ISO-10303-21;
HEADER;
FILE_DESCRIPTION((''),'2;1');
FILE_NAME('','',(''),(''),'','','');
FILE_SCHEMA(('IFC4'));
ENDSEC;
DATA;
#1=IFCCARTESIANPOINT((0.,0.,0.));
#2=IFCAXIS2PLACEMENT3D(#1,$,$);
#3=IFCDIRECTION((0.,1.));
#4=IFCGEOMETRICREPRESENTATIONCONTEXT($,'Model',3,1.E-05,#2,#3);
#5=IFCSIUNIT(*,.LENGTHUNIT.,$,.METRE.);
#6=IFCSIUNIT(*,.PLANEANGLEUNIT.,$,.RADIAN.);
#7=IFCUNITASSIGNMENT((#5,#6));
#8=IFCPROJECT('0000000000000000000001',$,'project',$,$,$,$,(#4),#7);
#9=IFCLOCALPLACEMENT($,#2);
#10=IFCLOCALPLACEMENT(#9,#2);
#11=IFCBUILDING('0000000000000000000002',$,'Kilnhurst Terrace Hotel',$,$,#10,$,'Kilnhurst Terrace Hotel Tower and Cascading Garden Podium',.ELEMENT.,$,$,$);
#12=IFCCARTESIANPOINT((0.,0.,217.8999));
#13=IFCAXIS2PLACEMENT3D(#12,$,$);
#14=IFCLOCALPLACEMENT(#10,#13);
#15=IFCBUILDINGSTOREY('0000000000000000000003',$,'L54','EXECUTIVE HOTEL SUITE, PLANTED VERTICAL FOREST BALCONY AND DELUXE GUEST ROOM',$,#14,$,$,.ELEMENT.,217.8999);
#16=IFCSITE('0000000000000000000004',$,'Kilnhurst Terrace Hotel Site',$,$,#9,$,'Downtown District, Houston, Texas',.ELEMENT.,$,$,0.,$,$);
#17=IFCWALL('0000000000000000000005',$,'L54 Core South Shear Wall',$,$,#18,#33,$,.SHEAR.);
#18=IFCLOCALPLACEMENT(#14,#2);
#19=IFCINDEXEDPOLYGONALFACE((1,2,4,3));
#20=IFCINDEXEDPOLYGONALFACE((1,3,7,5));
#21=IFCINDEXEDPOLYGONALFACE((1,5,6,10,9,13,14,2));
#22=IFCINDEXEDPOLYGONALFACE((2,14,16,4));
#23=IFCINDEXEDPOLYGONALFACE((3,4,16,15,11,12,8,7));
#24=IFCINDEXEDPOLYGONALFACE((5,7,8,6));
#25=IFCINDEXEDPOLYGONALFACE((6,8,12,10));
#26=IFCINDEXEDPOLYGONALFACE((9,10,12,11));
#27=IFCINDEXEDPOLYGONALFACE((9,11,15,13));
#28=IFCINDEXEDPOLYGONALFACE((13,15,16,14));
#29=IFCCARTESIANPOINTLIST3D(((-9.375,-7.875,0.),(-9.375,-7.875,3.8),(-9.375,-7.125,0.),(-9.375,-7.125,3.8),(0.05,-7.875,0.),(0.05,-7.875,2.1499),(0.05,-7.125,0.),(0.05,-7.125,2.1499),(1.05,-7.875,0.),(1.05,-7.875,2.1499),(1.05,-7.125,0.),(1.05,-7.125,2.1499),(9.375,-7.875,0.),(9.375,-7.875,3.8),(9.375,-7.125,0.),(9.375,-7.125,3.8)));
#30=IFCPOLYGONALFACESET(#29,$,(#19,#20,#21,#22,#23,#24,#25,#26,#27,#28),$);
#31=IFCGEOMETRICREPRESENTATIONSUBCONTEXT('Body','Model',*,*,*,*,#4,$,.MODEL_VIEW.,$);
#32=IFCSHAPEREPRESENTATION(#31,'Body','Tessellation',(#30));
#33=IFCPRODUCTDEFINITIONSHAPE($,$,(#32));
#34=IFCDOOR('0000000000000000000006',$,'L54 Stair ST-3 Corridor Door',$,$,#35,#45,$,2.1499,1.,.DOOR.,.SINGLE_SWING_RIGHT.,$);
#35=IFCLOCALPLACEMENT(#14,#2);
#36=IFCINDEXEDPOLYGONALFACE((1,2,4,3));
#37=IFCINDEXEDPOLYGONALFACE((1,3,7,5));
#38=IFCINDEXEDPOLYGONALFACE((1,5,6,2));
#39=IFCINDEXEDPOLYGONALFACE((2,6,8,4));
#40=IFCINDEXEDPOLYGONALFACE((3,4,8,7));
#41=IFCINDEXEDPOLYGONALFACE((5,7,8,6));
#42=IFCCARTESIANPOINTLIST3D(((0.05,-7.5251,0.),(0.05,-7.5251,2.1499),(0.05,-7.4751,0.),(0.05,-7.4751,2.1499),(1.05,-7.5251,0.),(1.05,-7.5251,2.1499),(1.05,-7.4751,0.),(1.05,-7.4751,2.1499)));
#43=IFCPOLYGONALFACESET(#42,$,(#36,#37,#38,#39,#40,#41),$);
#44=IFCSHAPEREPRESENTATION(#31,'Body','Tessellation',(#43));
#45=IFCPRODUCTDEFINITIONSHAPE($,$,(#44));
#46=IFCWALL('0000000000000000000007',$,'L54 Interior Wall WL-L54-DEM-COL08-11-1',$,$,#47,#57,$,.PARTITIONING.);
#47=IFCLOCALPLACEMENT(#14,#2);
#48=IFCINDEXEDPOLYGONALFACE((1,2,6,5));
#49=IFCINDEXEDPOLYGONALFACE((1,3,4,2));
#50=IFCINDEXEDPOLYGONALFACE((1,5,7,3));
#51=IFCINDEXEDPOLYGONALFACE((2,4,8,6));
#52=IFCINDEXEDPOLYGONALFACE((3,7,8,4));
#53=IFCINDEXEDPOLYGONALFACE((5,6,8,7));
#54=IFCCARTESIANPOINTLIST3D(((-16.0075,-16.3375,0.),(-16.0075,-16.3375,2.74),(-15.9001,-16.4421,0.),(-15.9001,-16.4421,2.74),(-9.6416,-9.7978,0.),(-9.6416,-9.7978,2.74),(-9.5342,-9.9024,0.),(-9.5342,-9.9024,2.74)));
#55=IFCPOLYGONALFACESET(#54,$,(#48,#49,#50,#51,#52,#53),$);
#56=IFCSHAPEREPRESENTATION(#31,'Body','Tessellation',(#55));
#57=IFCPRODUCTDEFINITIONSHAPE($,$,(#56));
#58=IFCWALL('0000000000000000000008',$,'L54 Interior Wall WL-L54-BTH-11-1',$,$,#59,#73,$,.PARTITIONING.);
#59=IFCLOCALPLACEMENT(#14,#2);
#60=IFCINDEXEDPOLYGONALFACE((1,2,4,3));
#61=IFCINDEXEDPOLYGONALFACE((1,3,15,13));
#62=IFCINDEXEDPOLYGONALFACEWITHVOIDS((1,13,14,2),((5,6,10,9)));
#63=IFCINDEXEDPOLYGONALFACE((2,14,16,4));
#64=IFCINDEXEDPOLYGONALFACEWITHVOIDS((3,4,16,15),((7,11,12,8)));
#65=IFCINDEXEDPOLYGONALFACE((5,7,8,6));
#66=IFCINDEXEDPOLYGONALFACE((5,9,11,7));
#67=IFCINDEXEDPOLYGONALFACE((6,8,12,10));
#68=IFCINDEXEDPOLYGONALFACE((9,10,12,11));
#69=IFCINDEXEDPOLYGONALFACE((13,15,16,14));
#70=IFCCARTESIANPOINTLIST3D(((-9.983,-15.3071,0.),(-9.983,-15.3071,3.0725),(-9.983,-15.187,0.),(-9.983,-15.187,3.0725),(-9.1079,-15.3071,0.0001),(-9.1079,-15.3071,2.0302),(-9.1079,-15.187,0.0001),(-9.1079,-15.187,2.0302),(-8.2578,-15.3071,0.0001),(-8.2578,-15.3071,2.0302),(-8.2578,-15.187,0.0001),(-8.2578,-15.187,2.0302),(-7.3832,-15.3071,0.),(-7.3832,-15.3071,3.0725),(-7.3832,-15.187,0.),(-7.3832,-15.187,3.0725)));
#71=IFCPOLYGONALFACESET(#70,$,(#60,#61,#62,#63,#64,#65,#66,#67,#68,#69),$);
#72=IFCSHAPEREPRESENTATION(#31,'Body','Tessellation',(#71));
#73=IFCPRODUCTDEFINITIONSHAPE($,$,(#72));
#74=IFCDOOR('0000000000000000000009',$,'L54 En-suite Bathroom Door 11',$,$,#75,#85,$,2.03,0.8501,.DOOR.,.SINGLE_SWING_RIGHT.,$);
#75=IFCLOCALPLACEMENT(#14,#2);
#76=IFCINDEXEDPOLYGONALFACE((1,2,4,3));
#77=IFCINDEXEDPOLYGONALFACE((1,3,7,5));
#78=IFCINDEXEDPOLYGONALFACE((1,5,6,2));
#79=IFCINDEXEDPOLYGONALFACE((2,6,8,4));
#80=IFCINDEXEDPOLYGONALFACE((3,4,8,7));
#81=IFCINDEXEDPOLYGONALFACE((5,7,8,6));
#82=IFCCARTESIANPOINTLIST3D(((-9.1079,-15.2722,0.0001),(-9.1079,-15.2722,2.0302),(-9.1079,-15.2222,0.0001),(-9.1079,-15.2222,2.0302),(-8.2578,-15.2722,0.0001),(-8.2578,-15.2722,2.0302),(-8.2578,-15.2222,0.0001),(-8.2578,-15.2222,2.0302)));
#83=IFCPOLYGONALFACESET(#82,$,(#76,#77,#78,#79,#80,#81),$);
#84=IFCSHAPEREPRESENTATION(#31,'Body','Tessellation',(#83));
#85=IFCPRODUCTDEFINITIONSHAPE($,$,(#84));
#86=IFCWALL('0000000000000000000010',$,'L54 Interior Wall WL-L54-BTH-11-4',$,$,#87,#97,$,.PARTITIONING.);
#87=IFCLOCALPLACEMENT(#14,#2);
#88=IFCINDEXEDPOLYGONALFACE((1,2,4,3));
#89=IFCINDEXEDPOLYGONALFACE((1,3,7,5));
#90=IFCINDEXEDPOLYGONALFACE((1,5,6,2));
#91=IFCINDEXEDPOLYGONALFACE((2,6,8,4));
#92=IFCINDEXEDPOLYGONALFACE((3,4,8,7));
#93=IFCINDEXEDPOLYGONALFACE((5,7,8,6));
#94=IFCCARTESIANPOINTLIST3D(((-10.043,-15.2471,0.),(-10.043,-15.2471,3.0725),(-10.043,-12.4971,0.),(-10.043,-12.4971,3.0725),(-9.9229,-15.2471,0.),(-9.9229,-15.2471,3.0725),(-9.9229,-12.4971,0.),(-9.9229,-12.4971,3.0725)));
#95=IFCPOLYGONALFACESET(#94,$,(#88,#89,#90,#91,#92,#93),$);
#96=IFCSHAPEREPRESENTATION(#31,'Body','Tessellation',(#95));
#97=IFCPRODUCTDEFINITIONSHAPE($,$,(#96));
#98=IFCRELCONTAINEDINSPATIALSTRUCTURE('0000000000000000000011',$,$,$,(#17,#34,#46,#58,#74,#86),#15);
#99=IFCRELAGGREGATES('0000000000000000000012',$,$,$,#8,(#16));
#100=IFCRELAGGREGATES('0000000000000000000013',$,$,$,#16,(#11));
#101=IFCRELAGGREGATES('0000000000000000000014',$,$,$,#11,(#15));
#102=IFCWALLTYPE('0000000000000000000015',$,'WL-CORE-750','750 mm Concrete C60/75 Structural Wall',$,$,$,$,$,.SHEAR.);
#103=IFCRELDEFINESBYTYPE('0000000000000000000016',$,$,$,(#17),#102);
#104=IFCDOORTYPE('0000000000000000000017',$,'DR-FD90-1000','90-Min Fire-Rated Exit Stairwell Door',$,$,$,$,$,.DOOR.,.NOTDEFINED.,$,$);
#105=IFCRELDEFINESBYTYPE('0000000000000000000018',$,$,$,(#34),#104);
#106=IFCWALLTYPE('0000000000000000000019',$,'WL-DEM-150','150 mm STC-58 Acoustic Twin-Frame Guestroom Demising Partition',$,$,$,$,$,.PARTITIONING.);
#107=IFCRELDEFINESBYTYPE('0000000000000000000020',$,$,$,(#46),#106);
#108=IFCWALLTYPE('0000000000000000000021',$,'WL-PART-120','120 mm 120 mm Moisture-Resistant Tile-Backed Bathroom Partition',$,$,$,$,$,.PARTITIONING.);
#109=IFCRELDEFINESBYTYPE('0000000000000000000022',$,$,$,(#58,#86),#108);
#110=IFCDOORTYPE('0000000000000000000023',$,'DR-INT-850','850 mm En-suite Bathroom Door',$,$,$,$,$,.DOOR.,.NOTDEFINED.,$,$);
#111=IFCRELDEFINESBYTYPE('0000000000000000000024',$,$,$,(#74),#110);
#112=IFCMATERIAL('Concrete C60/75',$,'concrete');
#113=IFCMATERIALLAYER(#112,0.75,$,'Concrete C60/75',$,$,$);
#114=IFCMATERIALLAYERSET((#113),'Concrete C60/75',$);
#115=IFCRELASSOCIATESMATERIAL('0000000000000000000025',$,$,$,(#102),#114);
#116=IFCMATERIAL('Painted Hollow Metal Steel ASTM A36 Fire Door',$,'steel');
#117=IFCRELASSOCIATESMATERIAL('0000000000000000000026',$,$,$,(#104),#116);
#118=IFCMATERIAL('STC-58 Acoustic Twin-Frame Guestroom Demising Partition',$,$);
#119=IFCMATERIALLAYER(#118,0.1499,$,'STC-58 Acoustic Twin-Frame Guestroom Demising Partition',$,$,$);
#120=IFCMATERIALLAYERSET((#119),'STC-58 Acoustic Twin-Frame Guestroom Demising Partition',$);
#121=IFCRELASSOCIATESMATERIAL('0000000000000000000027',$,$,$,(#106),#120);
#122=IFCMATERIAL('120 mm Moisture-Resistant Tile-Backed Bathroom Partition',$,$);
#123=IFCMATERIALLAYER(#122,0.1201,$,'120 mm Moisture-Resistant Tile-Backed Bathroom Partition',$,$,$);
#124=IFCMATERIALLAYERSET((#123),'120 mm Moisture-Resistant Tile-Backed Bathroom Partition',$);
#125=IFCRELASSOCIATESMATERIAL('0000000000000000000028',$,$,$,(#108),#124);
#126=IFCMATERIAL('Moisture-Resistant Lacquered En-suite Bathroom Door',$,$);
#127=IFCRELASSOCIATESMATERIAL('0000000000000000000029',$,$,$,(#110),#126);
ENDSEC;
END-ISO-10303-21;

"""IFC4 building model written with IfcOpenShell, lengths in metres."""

from ifc_helpers import new_model, si_unit, direction, frame, frame_2d, origin, place, context, subcontext, project, spatial, rectangle, extrude, material, layer, layer_set, type_object, element, fill, save


model = new_model("IFC4")

# Units and contexts
model_context = context("Model", 3, precision=1e-05, world=origin(), true_north=direction((0.0, 1.0)))
body_context = subcontext(model_context, "Body", "Model", "MODEL_VIEW")
ifc_project = project(units=[si_unit("LENGTHUNIT", "METRE"), si_unit("PLANEANGLEUNIT", "RADIAN")], contexts=[model_context])

# Site, building, storey
site_placement = place(None, origin())
site = spatial("IfcSite", under=ifc_project, at=site_placement, Name="Kilnhurst Terrace Hotel Site", LongName="Downtown District, Houston, Texas", CompositionType="ELEMENT", RefElevation=0.0)
building_placement = place(site_placement, origin())
building = spatial("IfcBuilding", under=site, at=building_placement, Name="Kilnhurst Terrace Hotel", LongName="Kilnhurst Terrace Hotel Tower and Cascading Garden Podium", CompositionType="ELEMENT")
storey_placement = place(building_placement, frame((0.0, 0.0, 217.8999)))
storey = spatial("IfcBuildingStorey", under=building, at=storey_placement, Name="L54", Description="EXECUTIVE HOTEL SUITE, PLANTED VERTICAL FOREST BALCONY AND DELUXE GUEST ROOM", CompositionType="ELEMENT", Elevation=217.8999)

# Shared definitions
ifc_material_1 = material(Name="Concrete C60/75", Category="concrete")

# Wall, opening, door
ifc_layer_1 = layer(ifc_material_1, 0.75, Name="Concrete C60/75")
ifc_layer_set_1 = layer_set([ifc_layer_1], Name="Concrete C60/75")
wall_type_1 = type_object("IfcWallType", Name="WL-CORE-750", Description="750 mm Concrete C60/75 Structural Wall", PredefinedType="SHEAR", material=ifc_layer_set_1)
wall_1_placement = place(storey_placement, frame((-9.375, -7.5, 0.0), z_axis=(0.0, 0.0, 1.0), x_axis=(1.0, 0.0, 0.0)))
wall_1 = element("IfcWall", 1, at=wall_1_placement, inside=storey, type_object=wall_type_1, Name="L54 Core South Shear Wall", PredefinedType="SHEAR", context=body_context, shape_type="SweptSolid", body=[
    extrude(rectangle(XDim=18.75, YDim=0.75, at=frame_2d((9.375, 0.0))), origin(), (0.0, 0.0, 1.0), 3.8),
])
opening_1_placement = place(wall_1_placement, frame((9.425, 0.0, 0.0)))
opening_1 = element("IfcOpeningElement", 2, at=opening_1_placement, cuts=wall_1, PredefinedType="OPENING", context=body_context, shape_type="SweptSolid", body=[
    extrude(rectangle(XDim=1.0, YDim=2.1499, at=frame_2d((0.5, 1.075))), frame((0.0, 0.385, 0.0), z_axis=(0.0, -1.0, 0.0), x_axis=(1.0, 0.0, 0.0)), (0.0, 0.0, 1.0), 0.77),
])
ifc_material_2 = material(Name="Painted Hollow Metal Steel ASTM A36 Fire Door", Category="steel")
door_type_1 = type_object("IfcDoorType", Name="DR-FD90-1000", Description="90-Min Fire-Rated Exit Stairwell Door", OperationType="NOTDEFINED", PredefinedType="DOOR", material=ifc_material_2)
door_1_placement = place(opening_1_placement, origin())
door_1 = element("IfcDoor", 3, at=door_1_placement, inside=storey, type_object=door_type_1, Name="L54 Stair ST-3 Corridor Door", OperationType="SINGLE_SWING_RIGHT", OverallHeight=2.1499, OverallWidth=1.0, PredefinedType="DOOR", context=body_context, shape_type="SweptSolid", body=[
    extrude(rectangle(XDim=1.0, YDim=2.1499, at=frame_2d((0.5, 1.075))), frame((0.0, 0.0249, 0.0), z_axis=(0.0, -1.0, 0.0), x_axis=(1.0, 0.0, 0.0)), (0.0, 0.0, 1.0), 0.05),
])
fill(opening_1, door_1)

# Wall
ifc_material_3 = material(Name="STC-58 Acoustic Twin-Frame Guestroom Demising Partition")
ifc_layer_2 = layer(ifc_material_3, 0.1499, Name="STC-58 Acoustic Twin-Frame Guestroom Demising Partition")
ifc_layer_set_2 = layer_set([ifc_layer_2], Name="STC-58 Acoustic Twin-Frame Guestroom Demising Partition")
wall_type_2 = type_object("IfcWallType", Name="WL-DEM-150", Description="150 mm STC-58 Acoustic Twin-Frame Guestroom Demising Partition", PredefinedType="PARTITIONING", material=ifc_layer_set_2)
wall_2_placement = place(storey_placement, frame((-9.5879, -9.8501, 0.0), z_axis=(0.0, 0.0, 1.0), x_axis=(-0.697519, -0.716566, 0.0)))
element("IfcWall", 4, at=wall_2_placement, inside=storey, type_object=wall_type_2, Name="L54 Interior Wall WL-L54-DEM-COL08-11-1", PredefinedType="PARTITIONING", context=body_context, shape_type="SweptSolid", body=[
    extrude(rectangle(XDim=9.1265, YDim=0.1499, at=frame_2d((4.5632, 0.0))), origin(), (0.0, 0.0, 1.0), 2.74),
])

# Wall, opening, door
ifc_material_4 = material(Name="120 mm Moisture-Resistant Tile-Backed Bathroom Partition")
ifc_layer_3 = layer(ifc_material_4, 0.1201, Name="120 mm Moisture-Resistant Tile-Backed Bathroom Partition")
ifc_layer_set_3 = layer_set([ifc_layer_3], Name="120 mm Moisture-Resistant Tile-Backed Bathroom Partition")
wall_type_3 = type_object("IfcWallType", Name="WL-PART-120", Description="120 mm 120 mm Moisture-Resistant Tile-Backed Bathroom Partition", PredefinedType="PARTITIONING", material=ifc_layer_set_3)
wall_3_placement = place(storey_placement, frame((-9.9829, -15.2471, 0.0), z_axis=(0.0, 0.0, 1.0), x_axis=(1.0, 0.0, 0.0)))
wall_3 = element("IfcWall", 5, at=wall_3_placement, inside=storey, type_object=wall_type_3, Name="L54 Interior Wall WL-L54-BTH-11-1", PredefinedType="PARTITIONING", context=body_context, shape_type="SweptSolid", body=[
    extrude(rectangle(XDim=2.5999, YDim=0.1201, at=frame_2d((1.2998, 0.0))), origin(), (0.0, 0.0, 1.0), 3.0725),
])
opening_2_placement = place(wall_3_placement, frame((0.875, 0.0, 0.0)))
opening_2 = element("IfcOpeningElement", 6, at=opening_2_placement, cuts=wall_3, PredefinedType="OPENING", context=body_context, shape_type="SweptSolid", body=[
    extrude(rectangle(XDim=0.8501, YDim=2.03, at=frame_2d((0.425, 1.0151))), frame((0.0, 0.0701, 0.0), z_axis=(0.0, -1.0, 0.0), x_axis=(1.0, 0.0, 0.0)), (0.0, 0.0, 1.0), 0.1401),
])
ifc_material_5 = material(Name="Moisture-Resistant Lacquered En-suite Bathroom Door")
door_type_2 = type_object("IfcDoorType", Name="DR-INT-850", Description="850 mm En-suite Bathroom Door", OperationType="NOTDEFINED", PredefinedType="DOOR", material=ifc_material_5)
door_2_placement = place(opening_2_placement, origin())
door_2 = element("IfcDoor", 7, at=door_2_placement, inside=storey, type_object=door_type_2, Name="L54 En-suite Bathroom Door 11", OperationType="SINGLE_SWING_RIGHT", OverallHeight=2.03, OverallWidth=0.8501, PredefinedType="DOOR", context=body_context, shape_type="SweptSolid", body=[
    extrude(rectangle(XDim=0.8501, YDim=2.03, at=frame_2d((0.425, 1.0151))), frame((0.0, 0.0249, 0.0), z_axis=(0.0, -1.0, 0.0), x_axis=(1.0, 0.0, 0.0)), (0.0, 0.0, 1.0), 0.05),
])
fill(opening_2, door_2)

# Wall
wall_4_placement = place(storey_placement, frame((-9.9829, -12.4971, 0.0), z_axis=(0.0, 0.0, 1.0), x_axis=(0.0, -1.0, 0.0)))
element("IfcWall", 8, at=wall_4_placement, inside=storey, type_object=wall_type_3, Name="L54 Interior Wall WL-L54-BTH-11-4", PredefinedType="PARTITIONING", context=body_context, shape_type="SweptSolid", body=[
    extrude(rectangle(XDim=2.75, YDim=0.1201, at=frame_2d((1.375, 0.0))), origin(), (0.0, 0.0, 1.0), 3.0725),
])

save(model, "model.ifc")
